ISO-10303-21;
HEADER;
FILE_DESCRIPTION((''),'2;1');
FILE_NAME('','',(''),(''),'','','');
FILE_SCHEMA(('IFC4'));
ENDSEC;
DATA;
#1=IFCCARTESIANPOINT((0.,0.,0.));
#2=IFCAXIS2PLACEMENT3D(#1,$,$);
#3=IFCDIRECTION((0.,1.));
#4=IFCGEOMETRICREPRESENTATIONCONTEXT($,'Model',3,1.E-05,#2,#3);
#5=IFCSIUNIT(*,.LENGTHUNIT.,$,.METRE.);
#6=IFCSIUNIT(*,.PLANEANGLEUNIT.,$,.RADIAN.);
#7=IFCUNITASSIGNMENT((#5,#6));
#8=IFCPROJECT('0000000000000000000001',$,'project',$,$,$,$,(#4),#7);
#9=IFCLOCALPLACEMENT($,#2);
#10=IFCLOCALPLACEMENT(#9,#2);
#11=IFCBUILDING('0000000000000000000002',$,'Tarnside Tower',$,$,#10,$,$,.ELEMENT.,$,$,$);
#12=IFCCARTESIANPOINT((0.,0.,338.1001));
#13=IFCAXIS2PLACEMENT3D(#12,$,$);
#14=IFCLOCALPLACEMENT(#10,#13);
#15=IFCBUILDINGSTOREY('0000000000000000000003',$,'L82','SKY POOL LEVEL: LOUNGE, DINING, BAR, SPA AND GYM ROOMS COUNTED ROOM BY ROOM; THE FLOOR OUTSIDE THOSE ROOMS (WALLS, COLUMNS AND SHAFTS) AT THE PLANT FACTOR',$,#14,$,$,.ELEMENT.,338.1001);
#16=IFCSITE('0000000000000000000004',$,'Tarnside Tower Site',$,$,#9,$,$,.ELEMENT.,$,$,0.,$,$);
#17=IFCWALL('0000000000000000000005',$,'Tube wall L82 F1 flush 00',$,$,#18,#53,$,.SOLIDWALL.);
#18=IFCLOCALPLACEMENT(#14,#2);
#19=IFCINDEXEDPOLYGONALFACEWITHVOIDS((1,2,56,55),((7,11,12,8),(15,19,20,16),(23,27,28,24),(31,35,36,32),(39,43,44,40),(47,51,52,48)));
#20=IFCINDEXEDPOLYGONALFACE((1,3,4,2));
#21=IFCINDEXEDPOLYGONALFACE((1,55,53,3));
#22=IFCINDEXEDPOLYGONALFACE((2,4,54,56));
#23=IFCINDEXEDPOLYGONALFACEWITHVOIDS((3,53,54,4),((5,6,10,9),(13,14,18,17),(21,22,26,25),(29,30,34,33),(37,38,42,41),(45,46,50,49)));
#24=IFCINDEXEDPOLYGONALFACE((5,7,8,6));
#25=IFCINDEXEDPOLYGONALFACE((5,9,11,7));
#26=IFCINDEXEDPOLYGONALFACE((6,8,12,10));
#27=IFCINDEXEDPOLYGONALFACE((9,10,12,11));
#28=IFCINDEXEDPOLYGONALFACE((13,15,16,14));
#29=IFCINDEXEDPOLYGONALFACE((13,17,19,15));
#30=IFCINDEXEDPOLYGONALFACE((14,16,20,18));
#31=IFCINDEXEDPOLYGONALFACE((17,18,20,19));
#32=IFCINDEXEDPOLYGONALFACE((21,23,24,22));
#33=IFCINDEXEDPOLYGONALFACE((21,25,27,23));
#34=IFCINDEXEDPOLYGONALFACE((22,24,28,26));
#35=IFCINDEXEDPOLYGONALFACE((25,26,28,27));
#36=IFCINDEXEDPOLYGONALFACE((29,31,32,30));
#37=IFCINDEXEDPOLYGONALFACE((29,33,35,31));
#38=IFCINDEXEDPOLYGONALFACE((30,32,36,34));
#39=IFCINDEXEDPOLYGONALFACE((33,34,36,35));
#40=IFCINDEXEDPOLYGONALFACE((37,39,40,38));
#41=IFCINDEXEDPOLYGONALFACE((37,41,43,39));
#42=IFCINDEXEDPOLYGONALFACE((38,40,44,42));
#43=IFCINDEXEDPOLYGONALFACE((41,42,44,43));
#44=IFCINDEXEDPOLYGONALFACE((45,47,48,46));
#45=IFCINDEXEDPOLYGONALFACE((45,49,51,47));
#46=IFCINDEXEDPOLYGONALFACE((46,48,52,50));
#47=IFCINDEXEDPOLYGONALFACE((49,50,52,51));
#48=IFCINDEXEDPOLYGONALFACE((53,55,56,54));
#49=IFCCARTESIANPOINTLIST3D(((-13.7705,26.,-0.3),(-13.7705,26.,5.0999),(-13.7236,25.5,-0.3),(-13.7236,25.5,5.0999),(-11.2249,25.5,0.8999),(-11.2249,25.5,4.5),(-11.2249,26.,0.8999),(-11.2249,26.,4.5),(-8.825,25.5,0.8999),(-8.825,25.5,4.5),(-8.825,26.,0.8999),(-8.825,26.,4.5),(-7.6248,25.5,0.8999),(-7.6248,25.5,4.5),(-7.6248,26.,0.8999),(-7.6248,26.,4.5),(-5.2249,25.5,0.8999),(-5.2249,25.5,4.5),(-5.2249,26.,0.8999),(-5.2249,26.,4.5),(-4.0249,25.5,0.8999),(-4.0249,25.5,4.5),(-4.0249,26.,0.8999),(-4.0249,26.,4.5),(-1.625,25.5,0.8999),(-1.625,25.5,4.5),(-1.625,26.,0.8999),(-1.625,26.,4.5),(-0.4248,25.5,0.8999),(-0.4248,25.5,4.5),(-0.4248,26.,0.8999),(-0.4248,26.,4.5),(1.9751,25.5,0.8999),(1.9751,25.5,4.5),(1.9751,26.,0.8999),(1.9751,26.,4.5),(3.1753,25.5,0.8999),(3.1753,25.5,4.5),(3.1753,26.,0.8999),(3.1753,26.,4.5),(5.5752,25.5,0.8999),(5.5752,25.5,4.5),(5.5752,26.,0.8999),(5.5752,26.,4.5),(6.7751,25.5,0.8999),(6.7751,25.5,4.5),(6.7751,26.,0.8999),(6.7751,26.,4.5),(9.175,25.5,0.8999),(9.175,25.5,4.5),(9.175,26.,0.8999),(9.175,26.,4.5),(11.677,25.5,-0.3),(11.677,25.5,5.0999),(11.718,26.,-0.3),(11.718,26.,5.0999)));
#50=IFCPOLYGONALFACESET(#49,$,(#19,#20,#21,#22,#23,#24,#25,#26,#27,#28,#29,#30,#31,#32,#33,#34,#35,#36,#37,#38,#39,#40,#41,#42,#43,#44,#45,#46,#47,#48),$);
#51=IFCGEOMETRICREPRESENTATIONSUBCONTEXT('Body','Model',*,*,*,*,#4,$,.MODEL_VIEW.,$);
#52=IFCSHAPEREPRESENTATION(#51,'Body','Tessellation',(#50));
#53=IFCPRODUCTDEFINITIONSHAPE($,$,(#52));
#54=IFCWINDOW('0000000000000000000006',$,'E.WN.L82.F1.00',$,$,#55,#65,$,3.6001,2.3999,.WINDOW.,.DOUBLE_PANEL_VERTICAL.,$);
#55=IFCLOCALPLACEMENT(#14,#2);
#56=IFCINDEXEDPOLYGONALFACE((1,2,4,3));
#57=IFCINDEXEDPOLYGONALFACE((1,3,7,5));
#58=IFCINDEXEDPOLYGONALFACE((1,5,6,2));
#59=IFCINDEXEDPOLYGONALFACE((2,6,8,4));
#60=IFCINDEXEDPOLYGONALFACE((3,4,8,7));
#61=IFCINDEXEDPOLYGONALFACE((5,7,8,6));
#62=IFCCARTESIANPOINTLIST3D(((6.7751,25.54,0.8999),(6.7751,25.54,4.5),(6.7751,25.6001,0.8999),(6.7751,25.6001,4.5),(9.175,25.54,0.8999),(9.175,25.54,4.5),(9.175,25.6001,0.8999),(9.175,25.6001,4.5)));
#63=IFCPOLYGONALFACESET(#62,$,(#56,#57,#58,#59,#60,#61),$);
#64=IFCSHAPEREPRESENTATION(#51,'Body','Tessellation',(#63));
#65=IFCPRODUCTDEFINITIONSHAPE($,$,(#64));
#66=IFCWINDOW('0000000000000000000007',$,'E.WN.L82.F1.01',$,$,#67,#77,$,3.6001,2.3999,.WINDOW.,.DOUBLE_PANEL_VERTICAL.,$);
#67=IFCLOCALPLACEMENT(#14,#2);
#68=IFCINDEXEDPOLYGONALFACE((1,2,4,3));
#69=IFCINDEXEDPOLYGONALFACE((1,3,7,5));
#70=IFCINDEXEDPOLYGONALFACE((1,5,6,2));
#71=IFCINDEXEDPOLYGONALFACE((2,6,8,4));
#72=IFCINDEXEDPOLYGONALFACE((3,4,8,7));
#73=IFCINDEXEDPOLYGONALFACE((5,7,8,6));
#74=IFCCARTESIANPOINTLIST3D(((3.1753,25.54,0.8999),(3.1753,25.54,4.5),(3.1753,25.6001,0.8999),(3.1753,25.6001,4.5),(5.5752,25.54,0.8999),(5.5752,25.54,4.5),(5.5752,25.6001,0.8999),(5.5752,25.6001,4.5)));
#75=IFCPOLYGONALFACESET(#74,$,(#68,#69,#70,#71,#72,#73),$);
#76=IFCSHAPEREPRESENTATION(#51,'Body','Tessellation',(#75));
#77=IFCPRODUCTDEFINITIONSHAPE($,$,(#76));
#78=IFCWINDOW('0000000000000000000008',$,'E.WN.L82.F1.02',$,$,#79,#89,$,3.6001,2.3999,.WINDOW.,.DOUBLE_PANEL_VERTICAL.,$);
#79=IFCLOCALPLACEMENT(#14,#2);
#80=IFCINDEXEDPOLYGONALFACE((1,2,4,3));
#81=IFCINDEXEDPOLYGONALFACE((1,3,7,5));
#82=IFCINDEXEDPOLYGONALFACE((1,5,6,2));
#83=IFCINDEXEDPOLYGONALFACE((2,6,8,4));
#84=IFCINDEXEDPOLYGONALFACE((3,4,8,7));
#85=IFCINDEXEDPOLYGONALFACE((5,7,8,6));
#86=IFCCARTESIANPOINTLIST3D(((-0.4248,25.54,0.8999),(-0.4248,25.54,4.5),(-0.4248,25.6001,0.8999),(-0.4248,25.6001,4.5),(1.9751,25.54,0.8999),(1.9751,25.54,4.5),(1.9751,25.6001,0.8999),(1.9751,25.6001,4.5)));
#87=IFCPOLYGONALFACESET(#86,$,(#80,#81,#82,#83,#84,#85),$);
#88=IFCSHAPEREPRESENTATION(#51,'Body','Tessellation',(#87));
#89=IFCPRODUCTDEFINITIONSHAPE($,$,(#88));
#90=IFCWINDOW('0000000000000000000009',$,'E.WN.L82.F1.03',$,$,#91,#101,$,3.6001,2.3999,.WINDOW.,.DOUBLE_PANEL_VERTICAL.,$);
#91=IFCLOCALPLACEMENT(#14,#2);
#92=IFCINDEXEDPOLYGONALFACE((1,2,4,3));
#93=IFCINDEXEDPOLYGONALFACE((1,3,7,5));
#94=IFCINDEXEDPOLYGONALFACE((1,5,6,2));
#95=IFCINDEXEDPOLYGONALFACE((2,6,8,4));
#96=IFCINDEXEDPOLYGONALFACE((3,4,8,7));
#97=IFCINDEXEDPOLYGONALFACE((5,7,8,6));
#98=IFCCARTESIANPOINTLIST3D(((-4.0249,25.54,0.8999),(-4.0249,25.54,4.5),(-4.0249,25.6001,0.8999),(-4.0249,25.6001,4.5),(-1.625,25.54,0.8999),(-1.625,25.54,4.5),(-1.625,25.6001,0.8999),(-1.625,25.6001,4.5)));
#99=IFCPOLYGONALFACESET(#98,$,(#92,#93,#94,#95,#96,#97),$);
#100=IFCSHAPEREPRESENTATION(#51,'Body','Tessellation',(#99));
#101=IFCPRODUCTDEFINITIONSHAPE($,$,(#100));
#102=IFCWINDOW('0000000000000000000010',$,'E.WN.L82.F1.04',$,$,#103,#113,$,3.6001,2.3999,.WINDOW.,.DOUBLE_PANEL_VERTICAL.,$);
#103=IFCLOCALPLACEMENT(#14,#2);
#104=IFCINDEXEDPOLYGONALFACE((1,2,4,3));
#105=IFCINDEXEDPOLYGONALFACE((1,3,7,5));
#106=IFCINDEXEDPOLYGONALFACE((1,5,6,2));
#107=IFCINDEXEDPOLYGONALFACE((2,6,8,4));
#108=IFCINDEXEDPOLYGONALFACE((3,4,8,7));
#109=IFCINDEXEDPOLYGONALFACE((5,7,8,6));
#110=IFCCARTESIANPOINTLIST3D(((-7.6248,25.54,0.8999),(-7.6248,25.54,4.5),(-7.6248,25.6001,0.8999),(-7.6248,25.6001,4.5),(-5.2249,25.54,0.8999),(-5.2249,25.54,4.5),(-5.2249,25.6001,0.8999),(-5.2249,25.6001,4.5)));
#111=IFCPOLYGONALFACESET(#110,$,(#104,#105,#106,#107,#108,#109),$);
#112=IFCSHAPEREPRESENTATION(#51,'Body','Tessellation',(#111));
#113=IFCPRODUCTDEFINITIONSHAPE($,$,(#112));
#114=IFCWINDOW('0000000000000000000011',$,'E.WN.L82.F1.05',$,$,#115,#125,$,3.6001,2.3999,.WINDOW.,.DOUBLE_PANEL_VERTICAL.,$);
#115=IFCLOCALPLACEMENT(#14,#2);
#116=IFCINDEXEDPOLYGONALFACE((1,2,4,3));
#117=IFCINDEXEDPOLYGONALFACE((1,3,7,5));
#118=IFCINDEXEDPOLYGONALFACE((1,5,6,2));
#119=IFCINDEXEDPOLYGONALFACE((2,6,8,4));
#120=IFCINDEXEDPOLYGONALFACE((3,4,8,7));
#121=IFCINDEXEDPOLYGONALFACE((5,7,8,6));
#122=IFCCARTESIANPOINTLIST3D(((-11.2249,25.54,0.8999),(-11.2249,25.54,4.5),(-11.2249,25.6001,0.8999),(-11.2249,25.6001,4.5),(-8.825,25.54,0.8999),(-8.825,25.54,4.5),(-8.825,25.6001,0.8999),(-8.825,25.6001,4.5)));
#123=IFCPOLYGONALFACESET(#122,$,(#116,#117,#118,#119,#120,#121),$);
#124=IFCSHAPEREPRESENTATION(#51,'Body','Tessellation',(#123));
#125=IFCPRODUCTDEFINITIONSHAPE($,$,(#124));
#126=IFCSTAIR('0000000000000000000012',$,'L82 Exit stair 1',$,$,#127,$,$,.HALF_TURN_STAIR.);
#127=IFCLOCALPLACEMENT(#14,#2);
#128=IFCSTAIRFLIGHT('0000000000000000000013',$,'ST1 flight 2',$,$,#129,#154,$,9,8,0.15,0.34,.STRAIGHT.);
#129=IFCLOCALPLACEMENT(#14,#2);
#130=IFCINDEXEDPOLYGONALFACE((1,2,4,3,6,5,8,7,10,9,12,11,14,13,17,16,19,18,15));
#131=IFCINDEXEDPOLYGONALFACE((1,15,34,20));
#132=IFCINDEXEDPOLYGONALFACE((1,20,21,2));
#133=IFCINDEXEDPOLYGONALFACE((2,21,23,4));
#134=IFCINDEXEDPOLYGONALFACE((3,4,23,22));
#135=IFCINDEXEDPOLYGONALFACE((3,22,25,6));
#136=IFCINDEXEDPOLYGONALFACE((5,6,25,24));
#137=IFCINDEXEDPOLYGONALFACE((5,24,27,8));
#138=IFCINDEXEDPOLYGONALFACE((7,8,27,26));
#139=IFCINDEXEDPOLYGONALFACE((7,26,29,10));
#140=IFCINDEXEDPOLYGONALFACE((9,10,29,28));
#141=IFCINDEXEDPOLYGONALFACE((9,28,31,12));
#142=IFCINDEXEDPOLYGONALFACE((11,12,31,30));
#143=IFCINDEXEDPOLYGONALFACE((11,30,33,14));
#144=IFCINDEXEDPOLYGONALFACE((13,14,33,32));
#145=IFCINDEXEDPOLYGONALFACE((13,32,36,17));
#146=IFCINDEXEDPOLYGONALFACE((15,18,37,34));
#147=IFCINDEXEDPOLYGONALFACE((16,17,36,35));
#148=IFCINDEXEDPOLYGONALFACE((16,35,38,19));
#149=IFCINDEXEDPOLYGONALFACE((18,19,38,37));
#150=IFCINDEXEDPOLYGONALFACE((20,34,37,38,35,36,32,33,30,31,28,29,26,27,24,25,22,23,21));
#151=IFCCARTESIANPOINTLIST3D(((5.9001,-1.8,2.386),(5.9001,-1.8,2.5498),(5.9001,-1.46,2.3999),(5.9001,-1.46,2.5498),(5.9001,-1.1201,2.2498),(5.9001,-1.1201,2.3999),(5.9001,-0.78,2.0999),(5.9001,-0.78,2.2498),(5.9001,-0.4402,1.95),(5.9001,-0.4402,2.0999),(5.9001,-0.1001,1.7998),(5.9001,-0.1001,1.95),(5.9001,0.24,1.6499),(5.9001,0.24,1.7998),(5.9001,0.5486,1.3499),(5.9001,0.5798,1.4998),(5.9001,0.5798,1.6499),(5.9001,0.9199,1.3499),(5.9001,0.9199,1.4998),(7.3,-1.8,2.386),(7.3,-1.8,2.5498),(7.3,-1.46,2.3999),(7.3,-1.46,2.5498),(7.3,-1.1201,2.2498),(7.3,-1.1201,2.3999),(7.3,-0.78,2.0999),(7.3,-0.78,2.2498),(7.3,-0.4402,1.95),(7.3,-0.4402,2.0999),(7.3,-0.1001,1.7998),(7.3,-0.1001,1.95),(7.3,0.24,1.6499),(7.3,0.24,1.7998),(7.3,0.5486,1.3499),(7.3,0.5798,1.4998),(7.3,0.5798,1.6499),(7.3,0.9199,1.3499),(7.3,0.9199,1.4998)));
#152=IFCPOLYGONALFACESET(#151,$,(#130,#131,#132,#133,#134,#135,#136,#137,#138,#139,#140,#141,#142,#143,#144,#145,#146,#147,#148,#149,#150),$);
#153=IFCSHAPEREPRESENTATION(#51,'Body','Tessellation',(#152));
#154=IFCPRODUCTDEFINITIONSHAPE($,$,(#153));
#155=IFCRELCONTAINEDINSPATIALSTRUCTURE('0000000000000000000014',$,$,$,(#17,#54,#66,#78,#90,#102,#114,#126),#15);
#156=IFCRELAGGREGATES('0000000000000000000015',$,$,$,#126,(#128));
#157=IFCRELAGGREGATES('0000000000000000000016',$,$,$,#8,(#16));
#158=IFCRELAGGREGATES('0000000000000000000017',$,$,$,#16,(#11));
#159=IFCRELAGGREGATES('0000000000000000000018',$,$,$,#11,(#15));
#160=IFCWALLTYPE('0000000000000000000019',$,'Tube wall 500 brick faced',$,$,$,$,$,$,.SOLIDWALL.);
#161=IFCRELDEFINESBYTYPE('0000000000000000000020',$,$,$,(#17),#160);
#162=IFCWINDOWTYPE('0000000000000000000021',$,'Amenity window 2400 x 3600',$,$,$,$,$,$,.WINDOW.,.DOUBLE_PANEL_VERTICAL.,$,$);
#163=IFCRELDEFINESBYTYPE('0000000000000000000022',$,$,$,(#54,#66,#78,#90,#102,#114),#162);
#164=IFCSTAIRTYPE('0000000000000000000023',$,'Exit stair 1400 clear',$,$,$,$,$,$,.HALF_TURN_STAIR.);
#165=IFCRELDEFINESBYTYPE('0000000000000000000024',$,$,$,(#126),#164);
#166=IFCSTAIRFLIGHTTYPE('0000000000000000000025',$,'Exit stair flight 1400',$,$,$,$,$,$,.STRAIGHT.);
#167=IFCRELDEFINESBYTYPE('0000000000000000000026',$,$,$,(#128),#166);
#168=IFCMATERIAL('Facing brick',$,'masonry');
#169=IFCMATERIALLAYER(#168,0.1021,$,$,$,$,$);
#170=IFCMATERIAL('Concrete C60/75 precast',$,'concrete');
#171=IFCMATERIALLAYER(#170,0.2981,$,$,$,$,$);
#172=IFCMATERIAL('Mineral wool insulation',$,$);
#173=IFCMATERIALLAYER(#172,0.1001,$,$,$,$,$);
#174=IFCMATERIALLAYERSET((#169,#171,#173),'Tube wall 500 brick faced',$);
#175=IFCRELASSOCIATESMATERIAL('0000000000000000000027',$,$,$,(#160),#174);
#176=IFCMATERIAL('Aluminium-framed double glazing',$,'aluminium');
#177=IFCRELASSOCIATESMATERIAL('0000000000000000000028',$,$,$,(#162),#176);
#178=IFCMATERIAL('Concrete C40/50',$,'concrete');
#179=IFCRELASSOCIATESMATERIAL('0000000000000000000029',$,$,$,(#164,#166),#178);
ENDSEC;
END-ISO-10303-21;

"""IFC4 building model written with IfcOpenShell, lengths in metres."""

from ifc_helpers import new_model, si_unit, direction, frame, frame_2d, origin, place, context, subcontext, project, spatial, polyline, rectangle, outline, extrude, material, layer, layer_set, type_object, element, fill, aggregate, save


model = new_model("IFC4")

# Units and contexts
model_context = context("Model", 3, precision=1e-05, world=origin(), true_north=direction((0.0, 1.0)))
body_context = subcontext(model_context, "Body", "Model", "MODEL_VIEW")
ifc_project = project(units=[si_unit("LENGTHUNIT", "METRE"), si_unit("PLANEANGLEUNIT", "RADIAN")], contexts=[model_context])

# Site, building, storey
site_placement = place(None, origin())
site = spatial("IfcSite", under=ifc_project, at=site_placement, Name="Tarnside Tower Site", CompositionType="ELEMENT", RefElevation=0.0)
building_placement = place(site_placement, origin())
building = spatial("IfcBuilding", under=site, at=building_placement, Name="Tarnside Tower", CompositionType="ELEMENT")
storey_placement = place(building_placement, frame((0.0, 0.0, 338.1001)))
storey = spatial("IfcBuildingStorey", under=building, at=storey_placement, Name="L82", Description="SKY POOL LEVEL: LOUNGE, DINING, BAR, SPA AND GYM ROOMS COUNTED ROOM BY ROOM; THE FLOOR OUTSIDE THOSE ROOMS (WALLS, COLUMNS AND SHAFTS) AT THE PLANT FACTOR", CompositionType="ELEMENT", Elevation=338.1001)

# Shared definitions
ifc_material_1 = material(Name="Concrete C40/50", Category="concrete")

# Wall, openings, windows
ifc_material_2 = material(Name="Facing brick", Category="masonry")
ifc_layer_1 = layer(ifc_material_2, 0.1021)
ifc_material_3 = material(Name="Concrete C60/75 precast", Category="concrete")
ifc_layer_2 = layer(ifc_material_3, 0.2981)
ifc_material_4 = material(Name="Mineral wool insulation")
ifc_layer_3 = layer(ifc_material_4, 0.1001)
ifc_layer_set_1 = layer_set([ifc_layer_1, ifc_layer_2, ifc_layer_3], Name="Tube wall 500 brick faced")
wall_type_1 = type_object("IfcWallType", Name="Tube wall 500 brick faced", PredefinedType="SOLIDWALL", material=ifc_layer_set_1)
wall_1_placement = place(storey_placement, frame((11.6975, 25.75, -0.3), z_axis=(0.0, 0.0, 1.0), x_axis=(-1.0, 0.0, 0.0)))
wall_1 = element("IfcWall", 1, at=wall_1_placement, inside=storey, type_object=wall_type_1, Name="Tube wall L82 F1 flush 00", PredefinedType="SOLIDWALL", context=body_context, shape_type="SweptSolid", body=[
    extrude(outline(polyline([(-0.0205, -0.25), (25.468, -0.25), (25.4211, 0.25), (0.0205, 0.25), (-0.0205, -0.25)])), origin(), (0.0, 0.0, 1.0), 5.3999),
])
opening_1_placement = place(wall_1_placement, frame((2.5225, 0.0, 1.2)))
opening_1 = element("IfcOpeningElement", 2, at=opening_1_placement, cuts=wall_1, PredefinedType="OPENING", context=body_context, shape_type="SweptSolid", body=[
    extrude(rectangle(XDim=2.3999, YDim=3.6001, at=frame_2d((1.2, 1.8))), frame((0.0, 0.26, 0.0), z_axis=(0.0, -1.0, 0.0), x_axis=(1.0, 0.0, 0.0)), (0.0, 0.0, 1.0), 0.52),
])
opening_2_placement = place(wall_1_placement, frame((6.1223, 0.0, 1.2)))
opening_2 = element("IfcOpeningElement", 3, at=opening_2_placement, cuts=wall_1, PredefinedType="OPENING", context=body_context, shape_type="SweptSolid", body=[
    extrude(rectangle(XDim=2.3999, YDim=3.6001, at=frame_2d((1.2, 1.8))), frame((0.0, 0.26, 0.0), z_axis=(0.0, -1.0, 0.0), x_axis=(1.0, 0.0, 0.0)), (0.0, 0.0, 1.0), 0.52),
])
opening_3_placement = place(wall_1_placement, frame((9.7224, 0.0, 1.2)))
opening_3 = element("IfcOpeningElement", 4, at=opening_3_placement, cuts=wall_1, PredefinedType="OPENING", context=body_context, shape_type="SweptSolid", body=[
    extrude(rectangle(XDim=2.3999, YDim=3.6001, at=frame_2d((1.2, 1.8))), frame((0.0, 0.26, 0.0), z_axis=(0.0, -1.0, 0.0), x_axis=(1.0, 0.0, 0.0)), (0.0, 0.0, 1.0), 0.52),
])
opening_4_placement = place(wall_1_placement, frame((13.3225, 0.0, 1.2)))
opening_4 = element("IfcOpeningElement", 5, at=opening_4_placement, cuts=wall_1, PredefinedType="OPENING", context=body_context, shape_type="SweptSolid", body=[
    extrude(rectangle(XDim=2.3999, YDim=3.6001, at=frame_2d((1.2, 1.8))), frame((0.0, 0.26, 0.0), z_axis=(0.0, -1.0, 0.0), x_axis=(1.0, 0.0, 0.0)), (0.0, 0.0, 1.0), 0.52),
])
opening_5_placement = place(wall_1_placement, frame((16.9224, 0.0, 1.2)))
opening_5 = element("IfcOpeningElement", 6, at=opening_5_placement, cuts=wall_1, PredefinedType="OPENING", context=body_context, shape_type="SweptSolid", body=[
    extrude(rectangle(XDim=2.3999, YDim=3.6001, at=frame_2d((1.2, 1.8))), frame((0.0, 0.26, 0.0), z_axis=(0.0, -1.0, 0.0), x_axis=(1.0, 0.0, 0.0)), (0.0, 0.0, 1.0), 0.52),
])
opening_6_placement = place(wall_1_placement, frame((20.5225, 0.0, 1.2)))
opening_6 = element("IfcOpeningElement", 7, at=opening_6_placement, cuts=wall_1, PredefinedType="OPENING", context=body_context, shape_type="SweptSolid", body=[
    extrude(rectangle(XDim=2.3999, YDim=3.6001, at=frame_2d((1.2, 1.8))), frame((0.0, 0.26, 0.0), z_axis=(0.0, -1.0, 0.0), x_axis=(1.0, 0.0, 0.0)), (0.0, 0.0, 1.0), 0.52),
])
ifc_material_5 = material(Name="Aluminium-framed double glazing", Category="aluminium")
window_type = type_object("IfcWindowType", Name="Amenity window 2400 x 3600", PartitioningType="DOUBLE_PANEL_VERTICAL", PredefinedType="WINDOW", material=ifc_material_5)
window_1_placement = place(opening_1_placement, frame((0.0, 0.1799, 0.0)))
window_1 = element("IfcWindow", 8, at=window_1_placement, inside=storey, type_object=window_type, Name="E.WN.L82.F1.00", OverallHeight=3.6001, OverallWidth=2.3999, PartitioningType="DOUBLE_PANEL_VERTICAL", PredefinedType="WINDOW", context=body_context, shape_type="SweptSolid", body=[
    extrude(rectangle(XDim=2.3999, YDim=3.6001, at=frame_2d((1.2, 1.8))), frame((0.0, 0.03, 0.0), z_axis=(0.0, -1.0, 0.0), x_axis=(1.0, 0.0, 0.0)), (0.0, 0.0, 1.0), 0.0601),
])
fill(opening_1, window_1)
window_2_placement = place(opening_2_placement, frame((0.0, 0.1799, 0.0)))
window_2 = element("IfcWindow", 9, at=window_2_placement, inside=storey, type_object=window_type, Name="E.WN.L82.F1.01", OverallHeight=3.6001, OverallWidth=2.3999, PartitioningType="DOUBLE_PANEL_VERTICAL", PredefinedType="WINDOW", context=body_context, shape_type="SweptSolid", body=[
    extrude(rectangle(XDim=2.3999, YDim=3.6001, at=frame_2d((1.2, 1.8))), frame((0.0, 0.03, 0.0), z_axis=(0.0, -1.0, 0.0), x_axis=(1.0, 0.0, 0.0)), (0.0, 0.0, 1.0), 0.0601),
])
fill(opening_2, window_2)
window_3_placement = place(opening_3_placement, frame((0.0, 0.1799, 0.0)))
window_3 = element("IfcWindow", 10, at=window_3_placement, inside=storey, type_object=window_type, Name="E.WN.L82.F1.02", OverallHeight=3.6001, OverallWidth=2.3999, PartitioningType="DOUBLE_PANEL_VERTICAL", PredefinedType="WINDOW", context=body_context, shape_type="SweptSolid", body=[
    extrude(rectangle(XDim=2.3999, YDim=3.6001, at=frame_2d((1.2, 1.8))), frame((0.0, 0.03, 0.0), z_axis=(0.0, -1.0, 0.0), x_axis=(1.0, 0.0, 0.0)), (0.0, 0.0, 1.0), 0.0601),
])
fill(opening_3, window_3)
window_4_placement = place(opening_4_placement, frame((0.0, 0.1799, 0.0)))
window_4 = element("IfcWindow", 11, at=window_4_placement, inside=storey, type_object=window_type, Name="E.WN.L82.F1.03", OverallHeight=3.6001, OverallWidth=2.3999, PartitioningType="DOUBLE_PANEL_VERTICAL", PredefinedType="WINDOW", context=body_context, shape_type="SweptSolid", body=[
    extrude(rectangle(XDim=2.3999, YDim=3.6001, at=frame_2d((1.2, 1.8))), frame((0.0, 0.03, 0.0), z_axis=(0.0, -1.0, 0.0), x_axis=(1.0, 0.0, 0.0)), (0.0, 0.0, 1.0), 0.0601),
])
fill(opening_4, window_4)
window_5_placement = place(opening_5_placement, frame((0.0, 0.1799, 0.0)))
window_5 = element("IfcWindow", 12, at=window_5_placement, inside=storey, type_object=window_type, Name="E.WN.L82.F1.04", OverallHeight=3.6001, OverallWidth=2.3999, PartitioningType="DOUBLE_PANEL_VERTICAL", PredefinedType="WINDOW", context=body_context, shape_type="SweptSolid", body=[
    extrude(rectangle(XDim=2.3999, YDim=3.6001, at=frame_2d((1.2, 1.8))), frame((0.0, 0.03, 0.0), z_axis=(0.0, -1.0, 0.0), x_axis=(1.0, 0.0, 0.0)), (0.0, 0.0, 1.0), 0.0601),
])
fill(opening_5, window_5)
window_6_placement = place(opening_6_placement, frame((0.0, 0.1799, 0.0)))
window_6 = element("IfcWindow", 13, at=window_6_placement, inside=storey, type_object=window_type, Name="E.WN.L82.F1.05", OverallHeight=3.6001, OverallWidth=2.3999, PartitioningType="DOUBLE_PANEL_VERTICAL", PredefinedType="WINDOW", context=body_context, shape_type="SweptSolid", body=[
    extrude(rectangle(XDim=2.3999, YDim=3.6001, at=frame_2d((1.2, 1.8))), frame((0.0, 0.03, 0.0), z_axis=(0.0, -1.0, 0.0), x_axis=(1.0, 0.0, 0.0)), (0.0, 0.0, 1.0), 0.0601),
])
fill(opening_6, window_6)

# Stair, stair flight
stair_type = type_object("IfcStairType", Name="Exit stair 1400 clear", PredefinedType="HALF_TURN_STAIR", material=ifc_material_1)
stair_placement = place(storey_placement, origin())
stair = element("IfcStair", 14, at=stair_placement, inside=storey, type_object=stair_type, Name="L82 Exit stair 1", PredefinedType="HALF_TURN_STAIR")
stair_flight_type = type_object("IfcStairFlightType", Name="Exit stair flight 1400", PredefinedType="STRAIGHT", material=ifc_material_1)
stair_flight_1_placement = place(storey_placement, frame((6.6001, 0.9199, 1.3499), z_axis=(0.0, 0.0, 1.0), x_axis=(0.0, -1.0, 0.0)))
stair_flight_1 = element("IfcStairFlight", 15, at=stair_flight_1_placement, type_object=stair_flight_type, Name="ST1 flight 2", NumberOfRisers=9, NumberOfTreads=8, PredefinedType="STRAIGHT", RiserHeight=0.15, TreadLength=0.34, context=body_context, shape_type="SweptSolid", body=[
    extrude(outline(polyline([(0.0, 0.0), (0.0, 0.1499), (0.3401, 0.1499), (0.3401, 0.3), (0.6799, 0.3), (0.6799, 0.45), (1.02, 0.45), (1.02, 0.6001), (1.3601, 0.6001), (1.3601, 0.75), (1.7, 0.75), (1.7, 0.8999), (2.04, 0.8999), (2.04, 1.05), (2.3799, 1.05), (2.3799, 1.2), (2.72, 1.2), (2.72, 1.3501), (2.72, 1.0361), (0.3713, 0.0), (0.0, 0.0)])), frame((0.0, 0.7, 0.0), z_axis=(0.0, -1.0, 0.0), x_axis=(1.0, 0.0, 0.0)), (0.0, 0.0, 1.0), 1.3999),
])
aggregate(stair, [stair_flight_1])

save(model, "model.ifc")
